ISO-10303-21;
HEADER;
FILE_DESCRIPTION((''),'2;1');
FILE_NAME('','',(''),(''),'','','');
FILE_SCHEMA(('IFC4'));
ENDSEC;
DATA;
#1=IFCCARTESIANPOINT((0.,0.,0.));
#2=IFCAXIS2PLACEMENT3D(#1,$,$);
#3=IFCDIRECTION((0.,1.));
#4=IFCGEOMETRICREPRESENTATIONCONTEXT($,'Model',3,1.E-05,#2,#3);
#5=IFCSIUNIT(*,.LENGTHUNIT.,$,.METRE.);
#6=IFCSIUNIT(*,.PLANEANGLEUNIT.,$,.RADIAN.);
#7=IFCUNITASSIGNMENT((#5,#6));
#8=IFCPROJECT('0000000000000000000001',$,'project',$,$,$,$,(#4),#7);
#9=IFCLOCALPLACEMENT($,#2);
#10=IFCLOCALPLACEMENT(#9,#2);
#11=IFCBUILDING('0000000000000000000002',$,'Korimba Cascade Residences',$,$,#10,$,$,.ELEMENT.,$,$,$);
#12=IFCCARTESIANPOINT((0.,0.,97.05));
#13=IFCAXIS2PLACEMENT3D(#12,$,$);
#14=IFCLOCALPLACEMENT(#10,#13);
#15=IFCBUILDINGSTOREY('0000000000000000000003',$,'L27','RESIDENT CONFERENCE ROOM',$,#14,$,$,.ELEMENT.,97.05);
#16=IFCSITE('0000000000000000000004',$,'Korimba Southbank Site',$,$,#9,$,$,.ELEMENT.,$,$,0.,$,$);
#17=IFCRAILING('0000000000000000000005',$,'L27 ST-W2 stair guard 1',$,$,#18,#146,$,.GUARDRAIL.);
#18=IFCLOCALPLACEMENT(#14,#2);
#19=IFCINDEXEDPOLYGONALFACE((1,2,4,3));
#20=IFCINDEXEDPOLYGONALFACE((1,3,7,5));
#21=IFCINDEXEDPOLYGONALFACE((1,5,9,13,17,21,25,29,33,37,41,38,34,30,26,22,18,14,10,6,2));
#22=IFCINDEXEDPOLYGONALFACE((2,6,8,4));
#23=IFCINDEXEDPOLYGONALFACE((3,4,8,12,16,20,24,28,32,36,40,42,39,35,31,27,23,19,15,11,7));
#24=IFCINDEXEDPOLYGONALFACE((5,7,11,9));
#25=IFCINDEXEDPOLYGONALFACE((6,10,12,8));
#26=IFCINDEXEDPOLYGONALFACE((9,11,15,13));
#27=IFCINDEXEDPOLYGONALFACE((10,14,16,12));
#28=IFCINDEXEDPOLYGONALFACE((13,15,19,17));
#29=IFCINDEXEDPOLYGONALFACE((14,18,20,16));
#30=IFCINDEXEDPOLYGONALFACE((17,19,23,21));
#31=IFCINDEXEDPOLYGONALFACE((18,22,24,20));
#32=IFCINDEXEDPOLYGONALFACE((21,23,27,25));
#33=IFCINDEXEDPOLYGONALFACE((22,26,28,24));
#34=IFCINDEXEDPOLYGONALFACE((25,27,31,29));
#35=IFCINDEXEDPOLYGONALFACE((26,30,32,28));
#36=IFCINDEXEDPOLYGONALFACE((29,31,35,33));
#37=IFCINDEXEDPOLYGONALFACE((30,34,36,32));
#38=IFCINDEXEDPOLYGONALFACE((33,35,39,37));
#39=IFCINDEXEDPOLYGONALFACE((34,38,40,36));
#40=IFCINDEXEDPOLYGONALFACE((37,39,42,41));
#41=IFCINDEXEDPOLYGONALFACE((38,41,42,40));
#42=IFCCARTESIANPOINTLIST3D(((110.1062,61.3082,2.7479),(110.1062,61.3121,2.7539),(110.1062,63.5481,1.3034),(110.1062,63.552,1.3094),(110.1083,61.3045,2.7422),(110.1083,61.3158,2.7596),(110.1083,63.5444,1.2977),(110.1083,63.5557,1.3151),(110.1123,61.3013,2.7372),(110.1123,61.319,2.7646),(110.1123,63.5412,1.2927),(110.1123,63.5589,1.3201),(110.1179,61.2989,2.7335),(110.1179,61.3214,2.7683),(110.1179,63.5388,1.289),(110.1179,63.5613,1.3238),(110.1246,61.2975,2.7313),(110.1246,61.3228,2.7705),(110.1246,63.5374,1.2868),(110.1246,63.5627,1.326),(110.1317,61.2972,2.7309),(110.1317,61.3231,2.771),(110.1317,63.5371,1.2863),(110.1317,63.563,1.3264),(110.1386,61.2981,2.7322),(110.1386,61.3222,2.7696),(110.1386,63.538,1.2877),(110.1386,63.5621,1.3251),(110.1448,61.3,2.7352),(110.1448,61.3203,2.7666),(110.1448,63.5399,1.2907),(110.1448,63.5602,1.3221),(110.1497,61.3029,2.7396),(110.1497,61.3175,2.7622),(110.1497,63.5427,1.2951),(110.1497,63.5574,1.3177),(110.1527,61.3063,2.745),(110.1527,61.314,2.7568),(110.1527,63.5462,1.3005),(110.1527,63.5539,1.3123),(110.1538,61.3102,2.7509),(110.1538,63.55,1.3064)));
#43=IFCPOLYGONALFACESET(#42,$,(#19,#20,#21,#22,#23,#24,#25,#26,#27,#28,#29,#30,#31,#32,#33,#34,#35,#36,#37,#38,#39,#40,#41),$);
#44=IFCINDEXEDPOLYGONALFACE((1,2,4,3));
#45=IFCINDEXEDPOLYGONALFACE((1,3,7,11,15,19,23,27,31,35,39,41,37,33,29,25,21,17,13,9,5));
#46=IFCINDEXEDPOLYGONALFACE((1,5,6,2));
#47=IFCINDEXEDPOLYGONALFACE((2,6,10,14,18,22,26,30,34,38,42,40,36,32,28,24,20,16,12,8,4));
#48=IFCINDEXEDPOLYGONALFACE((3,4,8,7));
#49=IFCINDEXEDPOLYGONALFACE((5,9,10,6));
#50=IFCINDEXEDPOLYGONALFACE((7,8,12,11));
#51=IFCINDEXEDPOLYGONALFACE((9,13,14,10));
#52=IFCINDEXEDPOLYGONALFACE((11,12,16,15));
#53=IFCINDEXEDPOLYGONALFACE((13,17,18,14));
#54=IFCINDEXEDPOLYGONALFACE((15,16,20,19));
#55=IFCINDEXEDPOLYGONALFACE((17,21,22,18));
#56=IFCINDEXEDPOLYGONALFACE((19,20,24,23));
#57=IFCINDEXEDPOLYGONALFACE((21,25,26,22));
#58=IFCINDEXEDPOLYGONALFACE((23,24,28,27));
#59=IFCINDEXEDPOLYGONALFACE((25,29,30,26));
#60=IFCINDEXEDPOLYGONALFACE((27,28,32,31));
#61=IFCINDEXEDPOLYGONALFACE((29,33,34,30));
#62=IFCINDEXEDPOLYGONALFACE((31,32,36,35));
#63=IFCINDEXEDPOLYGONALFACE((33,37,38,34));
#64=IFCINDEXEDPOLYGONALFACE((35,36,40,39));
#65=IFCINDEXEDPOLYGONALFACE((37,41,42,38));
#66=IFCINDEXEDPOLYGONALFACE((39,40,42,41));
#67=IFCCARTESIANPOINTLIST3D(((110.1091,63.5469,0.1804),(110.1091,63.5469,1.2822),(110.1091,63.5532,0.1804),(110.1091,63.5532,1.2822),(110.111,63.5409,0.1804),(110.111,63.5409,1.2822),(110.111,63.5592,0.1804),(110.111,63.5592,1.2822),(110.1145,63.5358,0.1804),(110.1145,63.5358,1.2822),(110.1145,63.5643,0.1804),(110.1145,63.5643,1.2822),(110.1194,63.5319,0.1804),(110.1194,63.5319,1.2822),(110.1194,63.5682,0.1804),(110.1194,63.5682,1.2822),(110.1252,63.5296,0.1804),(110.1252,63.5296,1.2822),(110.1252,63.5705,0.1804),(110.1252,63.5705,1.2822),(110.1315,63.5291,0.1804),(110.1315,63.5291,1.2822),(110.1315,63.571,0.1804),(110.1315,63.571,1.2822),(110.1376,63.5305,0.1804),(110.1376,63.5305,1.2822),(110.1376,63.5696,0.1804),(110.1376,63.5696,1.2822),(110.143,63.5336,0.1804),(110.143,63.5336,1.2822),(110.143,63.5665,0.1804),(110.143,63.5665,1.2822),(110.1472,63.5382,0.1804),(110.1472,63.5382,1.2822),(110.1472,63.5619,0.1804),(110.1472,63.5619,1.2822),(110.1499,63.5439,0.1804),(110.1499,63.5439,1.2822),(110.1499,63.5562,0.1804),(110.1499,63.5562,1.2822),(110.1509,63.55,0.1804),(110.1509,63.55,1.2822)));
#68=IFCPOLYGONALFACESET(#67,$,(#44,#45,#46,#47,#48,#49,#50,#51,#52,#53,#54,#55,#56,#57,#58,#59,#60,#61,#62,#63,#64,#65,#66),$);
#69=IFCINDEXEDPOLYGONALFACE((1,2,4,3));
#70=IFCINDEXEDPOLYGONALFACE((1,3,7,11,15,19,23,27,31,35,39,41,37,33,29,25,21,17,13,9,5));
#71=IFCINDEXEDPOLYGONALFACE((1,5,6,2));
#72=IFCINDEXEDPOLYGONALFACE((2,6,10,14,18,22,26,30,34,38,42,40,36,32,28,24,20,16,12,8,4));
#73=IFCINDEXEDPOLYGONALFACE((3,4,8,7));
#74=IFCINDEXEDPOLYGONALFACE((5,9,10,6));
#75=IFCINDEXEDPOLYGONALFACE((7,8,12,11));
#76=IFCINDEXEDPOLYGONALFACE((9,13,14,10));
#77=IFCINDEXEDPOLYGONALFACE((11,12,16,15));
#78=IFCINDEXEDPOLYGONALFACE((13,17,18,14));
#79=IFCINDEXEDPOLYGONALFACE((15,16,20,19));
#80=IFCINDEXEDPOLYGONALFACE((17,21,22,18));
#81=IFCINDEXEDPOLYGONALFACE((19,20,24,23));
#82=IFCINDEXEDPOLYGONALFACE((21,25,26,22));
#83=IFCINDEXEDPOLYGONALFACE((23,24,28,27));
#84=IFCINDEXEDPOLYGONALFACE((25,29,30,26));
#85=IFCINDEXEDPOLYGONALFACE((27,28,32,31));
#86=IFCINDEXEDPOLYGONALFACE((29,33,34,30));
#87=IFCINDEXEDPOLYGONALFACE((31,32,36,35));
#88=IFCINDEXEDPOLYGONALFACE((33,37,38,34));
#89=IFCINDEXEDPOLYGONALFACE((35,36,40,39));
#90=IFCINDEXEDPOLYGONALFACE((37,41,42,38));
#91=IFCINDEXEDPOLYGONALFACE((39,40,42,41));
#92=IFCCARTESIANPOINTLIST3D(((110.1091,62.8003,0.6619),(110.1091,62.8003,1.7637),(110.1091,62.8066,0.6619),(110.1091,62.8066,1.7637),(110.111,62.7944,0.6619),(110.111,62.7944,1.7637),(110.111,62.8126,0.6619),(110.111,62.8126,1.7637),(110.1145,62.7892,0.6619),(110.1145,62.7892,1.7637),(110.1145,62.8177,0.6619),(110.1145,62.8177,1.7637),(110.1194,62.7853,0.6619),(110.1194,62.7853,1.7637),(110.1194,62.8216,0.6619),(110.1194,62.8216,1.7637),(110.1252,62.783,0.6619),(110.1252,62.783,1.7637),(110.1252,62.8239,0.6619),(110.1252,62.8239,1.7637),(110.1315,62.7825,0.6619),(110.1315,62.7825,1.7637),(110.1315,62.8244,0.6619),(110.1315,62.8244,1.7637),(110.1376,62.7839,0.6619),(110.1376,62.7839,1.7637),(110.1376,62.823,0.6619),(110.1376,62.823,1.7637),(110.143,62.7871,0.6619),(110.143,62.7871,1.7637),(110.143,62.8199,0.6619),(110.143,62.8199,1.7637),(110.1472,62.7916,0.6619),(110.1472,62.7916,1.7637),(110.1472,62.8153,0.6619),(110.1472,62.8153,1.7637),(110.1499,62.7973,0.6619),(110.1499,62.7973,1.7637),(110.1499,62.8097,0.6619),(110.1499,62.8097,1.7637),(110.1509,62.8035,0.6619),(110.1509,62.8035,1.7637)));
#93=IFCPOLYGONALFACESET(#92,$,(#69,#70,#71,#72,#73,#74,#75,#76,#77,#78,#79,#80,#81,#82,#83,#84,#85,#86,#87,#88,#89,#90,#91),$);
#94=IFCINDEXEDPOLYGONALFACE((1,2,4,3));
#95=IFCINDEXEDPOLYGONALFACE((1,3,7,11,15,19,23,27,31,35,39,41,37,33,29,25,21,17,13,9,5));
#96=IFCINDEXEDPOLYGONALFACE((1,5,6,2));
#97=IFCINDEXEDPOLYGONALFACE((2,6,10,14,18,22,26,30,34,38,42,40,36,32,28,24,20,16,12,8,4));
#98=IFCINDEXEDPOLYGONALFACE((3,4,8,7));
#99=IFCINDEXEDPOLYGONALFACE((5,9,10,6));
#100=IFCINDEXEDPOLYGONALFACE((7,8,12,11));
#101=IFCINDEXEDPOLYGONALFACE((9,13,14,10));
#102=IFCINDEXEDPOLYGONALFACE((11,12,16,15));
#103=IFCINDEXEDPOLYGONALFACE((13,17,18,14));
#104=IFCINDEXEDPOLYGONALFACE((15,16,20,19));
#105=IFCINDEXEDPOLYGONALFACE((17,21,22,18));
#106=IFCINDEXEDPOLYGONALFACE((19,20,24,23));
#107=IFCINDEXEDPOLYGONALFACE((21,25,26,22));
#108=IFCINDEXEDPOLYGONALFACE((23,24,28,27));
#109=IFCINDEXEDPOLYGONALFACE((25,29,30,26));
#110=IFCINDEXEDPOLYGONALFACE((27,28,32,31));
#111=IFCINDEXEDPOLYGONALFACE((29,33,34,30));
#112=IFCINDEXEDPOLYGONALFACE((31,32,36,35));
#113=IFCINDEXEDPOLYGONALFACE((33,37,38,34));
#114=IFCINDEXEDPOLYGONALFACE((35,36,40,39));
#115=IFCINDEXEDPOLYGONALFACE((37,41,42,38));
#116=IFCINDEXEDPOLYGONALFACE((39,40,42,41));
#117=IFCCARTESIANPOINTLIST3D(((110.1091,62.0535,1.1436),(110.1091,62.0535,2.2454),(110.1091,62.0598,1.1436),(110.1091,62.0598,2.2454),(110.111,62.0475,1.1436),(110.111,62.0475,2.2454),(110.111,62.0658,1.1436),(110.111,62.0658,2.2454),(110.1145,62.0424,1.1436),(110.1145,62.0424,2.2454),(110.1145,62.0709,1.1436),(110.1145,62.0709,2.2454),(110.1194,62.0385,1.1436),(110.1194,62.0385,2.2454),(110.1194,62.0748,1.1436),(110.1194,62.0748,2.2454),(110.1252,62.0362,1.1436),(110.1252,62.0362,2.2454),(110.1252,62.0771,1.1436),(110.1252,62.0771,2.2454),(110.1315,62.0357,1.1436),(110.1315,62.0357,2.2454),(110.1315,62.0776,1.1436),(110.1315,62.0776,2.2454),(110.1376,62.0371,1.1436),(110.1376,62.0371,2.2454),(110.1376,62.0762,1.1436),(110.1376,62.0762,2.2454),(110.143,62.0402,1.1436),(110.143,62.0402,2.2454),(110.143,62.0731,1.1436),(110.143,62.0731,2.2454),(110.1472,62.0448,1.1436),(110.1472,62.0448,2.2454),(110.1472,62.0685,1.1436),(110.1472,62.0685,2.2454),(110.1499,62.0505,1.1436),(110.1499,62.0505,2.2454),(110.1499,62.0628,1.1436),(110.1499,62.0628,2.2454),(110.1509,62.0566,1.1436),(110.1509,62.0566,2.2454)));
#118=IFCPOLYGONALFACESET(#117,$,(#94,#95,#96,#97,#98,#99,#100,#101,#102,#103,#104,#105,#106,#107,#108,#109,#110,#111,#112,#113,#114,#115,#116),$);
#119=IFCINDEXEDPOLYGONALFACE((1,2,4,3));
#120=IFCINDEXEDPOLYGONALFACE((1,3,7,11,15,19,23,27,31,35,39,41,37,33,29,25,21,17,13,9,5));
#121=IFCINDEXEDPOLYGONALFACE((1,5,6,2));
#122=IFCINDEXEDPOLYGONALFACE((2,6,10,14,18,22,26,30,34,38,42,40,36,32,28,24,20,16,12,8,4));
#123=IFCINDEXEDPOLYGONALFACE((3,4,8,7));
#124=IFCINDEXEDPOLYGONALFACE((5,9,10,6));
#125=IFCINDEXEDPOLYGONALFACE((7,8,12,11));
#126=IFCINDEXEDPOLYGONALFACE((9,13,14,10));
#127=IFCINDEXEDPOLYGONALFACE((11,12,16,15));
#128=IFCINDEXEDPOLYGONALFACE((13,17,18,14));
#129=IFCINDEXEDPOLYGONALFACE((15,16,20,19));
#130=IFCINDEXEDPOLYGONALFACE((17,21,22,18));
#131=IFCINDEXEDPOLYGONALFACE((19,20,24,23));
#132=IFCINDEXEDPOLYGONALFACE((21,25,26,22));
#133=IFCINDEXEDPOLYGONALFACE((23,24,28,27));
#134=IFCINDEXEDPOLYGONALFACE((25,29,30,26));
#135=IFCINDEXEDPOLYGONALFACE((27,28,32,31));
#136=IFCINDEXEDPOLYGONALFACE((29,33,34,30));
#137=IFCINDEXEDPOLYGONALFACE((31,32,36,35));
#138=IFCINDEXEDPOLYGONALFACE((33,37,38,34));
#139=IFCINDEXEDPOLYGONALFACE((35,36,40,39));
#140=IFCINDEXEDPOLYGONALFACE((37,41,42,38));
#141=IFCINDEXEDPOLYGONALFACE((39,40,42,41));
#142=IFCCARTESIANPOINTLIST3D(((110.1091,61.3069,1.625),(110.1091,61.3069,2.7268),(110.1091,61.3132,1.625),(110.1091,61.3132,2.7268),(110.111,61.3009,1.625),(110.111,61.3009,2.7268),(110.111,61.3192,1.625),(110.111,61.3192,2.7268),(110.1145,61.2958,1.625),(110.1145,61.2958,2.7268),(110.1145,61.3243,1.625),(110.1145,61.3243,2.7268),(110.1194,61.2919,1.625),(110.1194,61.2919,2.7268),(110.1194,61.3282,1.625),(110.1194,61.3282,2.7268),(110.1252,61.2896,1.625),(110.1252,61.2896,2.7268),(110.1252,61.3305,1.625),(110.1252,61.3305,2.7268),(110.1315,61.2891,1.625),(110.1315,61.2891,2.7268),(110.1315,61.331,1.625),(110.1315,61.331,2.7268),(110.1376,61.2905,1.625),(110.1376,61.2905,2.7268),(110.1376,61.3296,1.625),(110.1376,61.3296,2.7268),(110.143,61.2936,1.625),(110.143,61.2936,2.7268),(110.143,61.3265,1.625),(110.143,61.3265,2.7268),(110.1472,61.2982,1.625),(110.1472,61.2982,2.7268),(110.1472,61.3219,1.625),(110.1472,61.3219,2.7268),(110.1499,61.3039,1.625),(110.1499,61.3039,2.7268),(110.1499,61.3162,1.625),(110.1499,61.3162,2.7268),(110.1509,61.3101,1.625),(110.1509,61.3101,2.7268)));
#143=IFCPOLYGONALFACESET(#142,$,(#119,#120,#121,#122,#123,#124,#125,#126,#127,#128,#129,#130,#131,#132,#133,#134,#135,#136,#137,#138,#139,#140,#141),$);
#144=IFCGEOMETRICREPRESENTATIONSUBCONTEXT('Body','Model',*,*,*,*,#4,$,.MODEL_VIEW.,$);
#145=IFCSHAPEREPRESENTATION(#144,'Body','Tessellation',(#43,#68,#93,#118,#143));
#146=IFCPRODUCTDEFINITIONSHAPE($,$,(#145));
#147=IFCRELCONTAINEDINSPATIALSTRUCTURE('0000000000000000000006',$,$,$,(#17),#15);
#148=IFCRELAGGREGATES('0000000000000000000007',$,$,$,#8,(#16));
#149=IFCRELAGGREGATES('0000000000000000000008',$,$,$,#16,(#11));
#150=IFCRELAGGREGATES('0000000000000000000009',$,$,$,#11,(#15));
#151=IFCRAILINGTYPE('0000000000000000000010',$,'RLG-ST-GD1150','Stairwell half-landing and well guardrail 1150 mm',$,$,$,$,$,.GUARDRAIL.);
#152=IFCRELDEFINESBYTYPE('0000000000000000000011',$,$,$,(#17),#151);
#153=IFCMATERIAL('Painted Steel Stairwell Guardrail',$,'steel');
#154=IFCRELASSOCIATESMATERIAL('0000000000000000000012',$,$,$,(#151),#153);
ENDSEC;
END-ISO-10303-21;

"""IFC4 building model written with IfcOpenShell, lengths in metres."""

from ifc_helpers import new_model, si_unit, direction, frame, origin, origin_2d, place, context, subcontext, project, spatial, circle, extrude, material, type_object, element, save


model = new_model("IFC4")

# Units and contexts
model_context = context("Model", 3, precision=1e-05, world=origin(), true_north=direction((0.0, 1.0)))
body_context = subcontext(model_context, "Body", "Model", "MODEL_VIEW")
ifc_project = project(units=[si_unit("LENGTHUNIT", "METRE"), si_unit("PLANEANGLEUNIT", "RADIAN")], contexts=[model_context])

# Site, building, storey
site_placement = place(None, origin())
site = spatial("IfcSite", under=ifc_project, at=site_placement, Name="Korimba Southbank Site", CompositionType="ELEMENT", RefElevation=0.0)
building_placement = place(site_placement, origin())
building = spatial("IfcBuilding", under=site, at=building_placement, Name="Korimba Cascade Residences", CompositionType="ELEMENT")
storey_placement = place(building_placement, frame((0.0, 0.0, 97.05)))
storey = spatial("IfcBuildingStorey", under=building, at=storey_placement, Name="L27", Description="RESIDENT CONFERENCE ROOM", CompositionType="ELEMENT", Elevation=97.05)

# Railing
ifc_material_1 = material(Name="Painted Steel Stairwell Guardrail", Category="steel")
railing_type_1 = type_object("IfcRailingType", Name="RLG-ST-GD1150", Description="Stairwell half-landing and well guardrail 1150 mm", PredefinedType="GUARDRAIL", material=ifc_material_1)
railing_1_placement = place(storey_placement, frame((110.1299, 63.55, 0.1804)))
element("IfcRailing", 1, at=railing_1_placement, inside=storey, type_object=railing_type_1, Name="L27 ST-W2 stair guard 1", PredefinedType="GUARDRAIL", context=body_context, shape_type="SweptSolid", body=[
    extrude(circle(Radius=0.0239, at=origin_2d()), frame((0.0, 0.0, 1.126), z_axis=(0.0, -0.840395, 0.541975), x_axis=(1.0, 0.0, 0.0)), (0.0, 0.0, 1.0), 2.6653),
    extrude(circle(Radius=0.021, at=origin_2d()), origin(), (0.0, 0.0, 1.0), 1.1018),
    extrude(circle(Radius=0.021, at=origin_2d()), frame((0.0, -0.7466, 0.4814)), (0.0, 0.0, 1.0), 1.1018),
    extrude(circle(Radius=0.021, at=origin_2d()), frame((0.0, -1.4934, 0.9631)), (0.0, 0.0, 1.0), 1.1018),
    extrude(circle(Radius=0.021, at=origin_2d()), frame((0.0, -2.24, 1.4446)), (0.0, 0.0, 1.0), 1.1018),
])

save(model, "model.ifc")
